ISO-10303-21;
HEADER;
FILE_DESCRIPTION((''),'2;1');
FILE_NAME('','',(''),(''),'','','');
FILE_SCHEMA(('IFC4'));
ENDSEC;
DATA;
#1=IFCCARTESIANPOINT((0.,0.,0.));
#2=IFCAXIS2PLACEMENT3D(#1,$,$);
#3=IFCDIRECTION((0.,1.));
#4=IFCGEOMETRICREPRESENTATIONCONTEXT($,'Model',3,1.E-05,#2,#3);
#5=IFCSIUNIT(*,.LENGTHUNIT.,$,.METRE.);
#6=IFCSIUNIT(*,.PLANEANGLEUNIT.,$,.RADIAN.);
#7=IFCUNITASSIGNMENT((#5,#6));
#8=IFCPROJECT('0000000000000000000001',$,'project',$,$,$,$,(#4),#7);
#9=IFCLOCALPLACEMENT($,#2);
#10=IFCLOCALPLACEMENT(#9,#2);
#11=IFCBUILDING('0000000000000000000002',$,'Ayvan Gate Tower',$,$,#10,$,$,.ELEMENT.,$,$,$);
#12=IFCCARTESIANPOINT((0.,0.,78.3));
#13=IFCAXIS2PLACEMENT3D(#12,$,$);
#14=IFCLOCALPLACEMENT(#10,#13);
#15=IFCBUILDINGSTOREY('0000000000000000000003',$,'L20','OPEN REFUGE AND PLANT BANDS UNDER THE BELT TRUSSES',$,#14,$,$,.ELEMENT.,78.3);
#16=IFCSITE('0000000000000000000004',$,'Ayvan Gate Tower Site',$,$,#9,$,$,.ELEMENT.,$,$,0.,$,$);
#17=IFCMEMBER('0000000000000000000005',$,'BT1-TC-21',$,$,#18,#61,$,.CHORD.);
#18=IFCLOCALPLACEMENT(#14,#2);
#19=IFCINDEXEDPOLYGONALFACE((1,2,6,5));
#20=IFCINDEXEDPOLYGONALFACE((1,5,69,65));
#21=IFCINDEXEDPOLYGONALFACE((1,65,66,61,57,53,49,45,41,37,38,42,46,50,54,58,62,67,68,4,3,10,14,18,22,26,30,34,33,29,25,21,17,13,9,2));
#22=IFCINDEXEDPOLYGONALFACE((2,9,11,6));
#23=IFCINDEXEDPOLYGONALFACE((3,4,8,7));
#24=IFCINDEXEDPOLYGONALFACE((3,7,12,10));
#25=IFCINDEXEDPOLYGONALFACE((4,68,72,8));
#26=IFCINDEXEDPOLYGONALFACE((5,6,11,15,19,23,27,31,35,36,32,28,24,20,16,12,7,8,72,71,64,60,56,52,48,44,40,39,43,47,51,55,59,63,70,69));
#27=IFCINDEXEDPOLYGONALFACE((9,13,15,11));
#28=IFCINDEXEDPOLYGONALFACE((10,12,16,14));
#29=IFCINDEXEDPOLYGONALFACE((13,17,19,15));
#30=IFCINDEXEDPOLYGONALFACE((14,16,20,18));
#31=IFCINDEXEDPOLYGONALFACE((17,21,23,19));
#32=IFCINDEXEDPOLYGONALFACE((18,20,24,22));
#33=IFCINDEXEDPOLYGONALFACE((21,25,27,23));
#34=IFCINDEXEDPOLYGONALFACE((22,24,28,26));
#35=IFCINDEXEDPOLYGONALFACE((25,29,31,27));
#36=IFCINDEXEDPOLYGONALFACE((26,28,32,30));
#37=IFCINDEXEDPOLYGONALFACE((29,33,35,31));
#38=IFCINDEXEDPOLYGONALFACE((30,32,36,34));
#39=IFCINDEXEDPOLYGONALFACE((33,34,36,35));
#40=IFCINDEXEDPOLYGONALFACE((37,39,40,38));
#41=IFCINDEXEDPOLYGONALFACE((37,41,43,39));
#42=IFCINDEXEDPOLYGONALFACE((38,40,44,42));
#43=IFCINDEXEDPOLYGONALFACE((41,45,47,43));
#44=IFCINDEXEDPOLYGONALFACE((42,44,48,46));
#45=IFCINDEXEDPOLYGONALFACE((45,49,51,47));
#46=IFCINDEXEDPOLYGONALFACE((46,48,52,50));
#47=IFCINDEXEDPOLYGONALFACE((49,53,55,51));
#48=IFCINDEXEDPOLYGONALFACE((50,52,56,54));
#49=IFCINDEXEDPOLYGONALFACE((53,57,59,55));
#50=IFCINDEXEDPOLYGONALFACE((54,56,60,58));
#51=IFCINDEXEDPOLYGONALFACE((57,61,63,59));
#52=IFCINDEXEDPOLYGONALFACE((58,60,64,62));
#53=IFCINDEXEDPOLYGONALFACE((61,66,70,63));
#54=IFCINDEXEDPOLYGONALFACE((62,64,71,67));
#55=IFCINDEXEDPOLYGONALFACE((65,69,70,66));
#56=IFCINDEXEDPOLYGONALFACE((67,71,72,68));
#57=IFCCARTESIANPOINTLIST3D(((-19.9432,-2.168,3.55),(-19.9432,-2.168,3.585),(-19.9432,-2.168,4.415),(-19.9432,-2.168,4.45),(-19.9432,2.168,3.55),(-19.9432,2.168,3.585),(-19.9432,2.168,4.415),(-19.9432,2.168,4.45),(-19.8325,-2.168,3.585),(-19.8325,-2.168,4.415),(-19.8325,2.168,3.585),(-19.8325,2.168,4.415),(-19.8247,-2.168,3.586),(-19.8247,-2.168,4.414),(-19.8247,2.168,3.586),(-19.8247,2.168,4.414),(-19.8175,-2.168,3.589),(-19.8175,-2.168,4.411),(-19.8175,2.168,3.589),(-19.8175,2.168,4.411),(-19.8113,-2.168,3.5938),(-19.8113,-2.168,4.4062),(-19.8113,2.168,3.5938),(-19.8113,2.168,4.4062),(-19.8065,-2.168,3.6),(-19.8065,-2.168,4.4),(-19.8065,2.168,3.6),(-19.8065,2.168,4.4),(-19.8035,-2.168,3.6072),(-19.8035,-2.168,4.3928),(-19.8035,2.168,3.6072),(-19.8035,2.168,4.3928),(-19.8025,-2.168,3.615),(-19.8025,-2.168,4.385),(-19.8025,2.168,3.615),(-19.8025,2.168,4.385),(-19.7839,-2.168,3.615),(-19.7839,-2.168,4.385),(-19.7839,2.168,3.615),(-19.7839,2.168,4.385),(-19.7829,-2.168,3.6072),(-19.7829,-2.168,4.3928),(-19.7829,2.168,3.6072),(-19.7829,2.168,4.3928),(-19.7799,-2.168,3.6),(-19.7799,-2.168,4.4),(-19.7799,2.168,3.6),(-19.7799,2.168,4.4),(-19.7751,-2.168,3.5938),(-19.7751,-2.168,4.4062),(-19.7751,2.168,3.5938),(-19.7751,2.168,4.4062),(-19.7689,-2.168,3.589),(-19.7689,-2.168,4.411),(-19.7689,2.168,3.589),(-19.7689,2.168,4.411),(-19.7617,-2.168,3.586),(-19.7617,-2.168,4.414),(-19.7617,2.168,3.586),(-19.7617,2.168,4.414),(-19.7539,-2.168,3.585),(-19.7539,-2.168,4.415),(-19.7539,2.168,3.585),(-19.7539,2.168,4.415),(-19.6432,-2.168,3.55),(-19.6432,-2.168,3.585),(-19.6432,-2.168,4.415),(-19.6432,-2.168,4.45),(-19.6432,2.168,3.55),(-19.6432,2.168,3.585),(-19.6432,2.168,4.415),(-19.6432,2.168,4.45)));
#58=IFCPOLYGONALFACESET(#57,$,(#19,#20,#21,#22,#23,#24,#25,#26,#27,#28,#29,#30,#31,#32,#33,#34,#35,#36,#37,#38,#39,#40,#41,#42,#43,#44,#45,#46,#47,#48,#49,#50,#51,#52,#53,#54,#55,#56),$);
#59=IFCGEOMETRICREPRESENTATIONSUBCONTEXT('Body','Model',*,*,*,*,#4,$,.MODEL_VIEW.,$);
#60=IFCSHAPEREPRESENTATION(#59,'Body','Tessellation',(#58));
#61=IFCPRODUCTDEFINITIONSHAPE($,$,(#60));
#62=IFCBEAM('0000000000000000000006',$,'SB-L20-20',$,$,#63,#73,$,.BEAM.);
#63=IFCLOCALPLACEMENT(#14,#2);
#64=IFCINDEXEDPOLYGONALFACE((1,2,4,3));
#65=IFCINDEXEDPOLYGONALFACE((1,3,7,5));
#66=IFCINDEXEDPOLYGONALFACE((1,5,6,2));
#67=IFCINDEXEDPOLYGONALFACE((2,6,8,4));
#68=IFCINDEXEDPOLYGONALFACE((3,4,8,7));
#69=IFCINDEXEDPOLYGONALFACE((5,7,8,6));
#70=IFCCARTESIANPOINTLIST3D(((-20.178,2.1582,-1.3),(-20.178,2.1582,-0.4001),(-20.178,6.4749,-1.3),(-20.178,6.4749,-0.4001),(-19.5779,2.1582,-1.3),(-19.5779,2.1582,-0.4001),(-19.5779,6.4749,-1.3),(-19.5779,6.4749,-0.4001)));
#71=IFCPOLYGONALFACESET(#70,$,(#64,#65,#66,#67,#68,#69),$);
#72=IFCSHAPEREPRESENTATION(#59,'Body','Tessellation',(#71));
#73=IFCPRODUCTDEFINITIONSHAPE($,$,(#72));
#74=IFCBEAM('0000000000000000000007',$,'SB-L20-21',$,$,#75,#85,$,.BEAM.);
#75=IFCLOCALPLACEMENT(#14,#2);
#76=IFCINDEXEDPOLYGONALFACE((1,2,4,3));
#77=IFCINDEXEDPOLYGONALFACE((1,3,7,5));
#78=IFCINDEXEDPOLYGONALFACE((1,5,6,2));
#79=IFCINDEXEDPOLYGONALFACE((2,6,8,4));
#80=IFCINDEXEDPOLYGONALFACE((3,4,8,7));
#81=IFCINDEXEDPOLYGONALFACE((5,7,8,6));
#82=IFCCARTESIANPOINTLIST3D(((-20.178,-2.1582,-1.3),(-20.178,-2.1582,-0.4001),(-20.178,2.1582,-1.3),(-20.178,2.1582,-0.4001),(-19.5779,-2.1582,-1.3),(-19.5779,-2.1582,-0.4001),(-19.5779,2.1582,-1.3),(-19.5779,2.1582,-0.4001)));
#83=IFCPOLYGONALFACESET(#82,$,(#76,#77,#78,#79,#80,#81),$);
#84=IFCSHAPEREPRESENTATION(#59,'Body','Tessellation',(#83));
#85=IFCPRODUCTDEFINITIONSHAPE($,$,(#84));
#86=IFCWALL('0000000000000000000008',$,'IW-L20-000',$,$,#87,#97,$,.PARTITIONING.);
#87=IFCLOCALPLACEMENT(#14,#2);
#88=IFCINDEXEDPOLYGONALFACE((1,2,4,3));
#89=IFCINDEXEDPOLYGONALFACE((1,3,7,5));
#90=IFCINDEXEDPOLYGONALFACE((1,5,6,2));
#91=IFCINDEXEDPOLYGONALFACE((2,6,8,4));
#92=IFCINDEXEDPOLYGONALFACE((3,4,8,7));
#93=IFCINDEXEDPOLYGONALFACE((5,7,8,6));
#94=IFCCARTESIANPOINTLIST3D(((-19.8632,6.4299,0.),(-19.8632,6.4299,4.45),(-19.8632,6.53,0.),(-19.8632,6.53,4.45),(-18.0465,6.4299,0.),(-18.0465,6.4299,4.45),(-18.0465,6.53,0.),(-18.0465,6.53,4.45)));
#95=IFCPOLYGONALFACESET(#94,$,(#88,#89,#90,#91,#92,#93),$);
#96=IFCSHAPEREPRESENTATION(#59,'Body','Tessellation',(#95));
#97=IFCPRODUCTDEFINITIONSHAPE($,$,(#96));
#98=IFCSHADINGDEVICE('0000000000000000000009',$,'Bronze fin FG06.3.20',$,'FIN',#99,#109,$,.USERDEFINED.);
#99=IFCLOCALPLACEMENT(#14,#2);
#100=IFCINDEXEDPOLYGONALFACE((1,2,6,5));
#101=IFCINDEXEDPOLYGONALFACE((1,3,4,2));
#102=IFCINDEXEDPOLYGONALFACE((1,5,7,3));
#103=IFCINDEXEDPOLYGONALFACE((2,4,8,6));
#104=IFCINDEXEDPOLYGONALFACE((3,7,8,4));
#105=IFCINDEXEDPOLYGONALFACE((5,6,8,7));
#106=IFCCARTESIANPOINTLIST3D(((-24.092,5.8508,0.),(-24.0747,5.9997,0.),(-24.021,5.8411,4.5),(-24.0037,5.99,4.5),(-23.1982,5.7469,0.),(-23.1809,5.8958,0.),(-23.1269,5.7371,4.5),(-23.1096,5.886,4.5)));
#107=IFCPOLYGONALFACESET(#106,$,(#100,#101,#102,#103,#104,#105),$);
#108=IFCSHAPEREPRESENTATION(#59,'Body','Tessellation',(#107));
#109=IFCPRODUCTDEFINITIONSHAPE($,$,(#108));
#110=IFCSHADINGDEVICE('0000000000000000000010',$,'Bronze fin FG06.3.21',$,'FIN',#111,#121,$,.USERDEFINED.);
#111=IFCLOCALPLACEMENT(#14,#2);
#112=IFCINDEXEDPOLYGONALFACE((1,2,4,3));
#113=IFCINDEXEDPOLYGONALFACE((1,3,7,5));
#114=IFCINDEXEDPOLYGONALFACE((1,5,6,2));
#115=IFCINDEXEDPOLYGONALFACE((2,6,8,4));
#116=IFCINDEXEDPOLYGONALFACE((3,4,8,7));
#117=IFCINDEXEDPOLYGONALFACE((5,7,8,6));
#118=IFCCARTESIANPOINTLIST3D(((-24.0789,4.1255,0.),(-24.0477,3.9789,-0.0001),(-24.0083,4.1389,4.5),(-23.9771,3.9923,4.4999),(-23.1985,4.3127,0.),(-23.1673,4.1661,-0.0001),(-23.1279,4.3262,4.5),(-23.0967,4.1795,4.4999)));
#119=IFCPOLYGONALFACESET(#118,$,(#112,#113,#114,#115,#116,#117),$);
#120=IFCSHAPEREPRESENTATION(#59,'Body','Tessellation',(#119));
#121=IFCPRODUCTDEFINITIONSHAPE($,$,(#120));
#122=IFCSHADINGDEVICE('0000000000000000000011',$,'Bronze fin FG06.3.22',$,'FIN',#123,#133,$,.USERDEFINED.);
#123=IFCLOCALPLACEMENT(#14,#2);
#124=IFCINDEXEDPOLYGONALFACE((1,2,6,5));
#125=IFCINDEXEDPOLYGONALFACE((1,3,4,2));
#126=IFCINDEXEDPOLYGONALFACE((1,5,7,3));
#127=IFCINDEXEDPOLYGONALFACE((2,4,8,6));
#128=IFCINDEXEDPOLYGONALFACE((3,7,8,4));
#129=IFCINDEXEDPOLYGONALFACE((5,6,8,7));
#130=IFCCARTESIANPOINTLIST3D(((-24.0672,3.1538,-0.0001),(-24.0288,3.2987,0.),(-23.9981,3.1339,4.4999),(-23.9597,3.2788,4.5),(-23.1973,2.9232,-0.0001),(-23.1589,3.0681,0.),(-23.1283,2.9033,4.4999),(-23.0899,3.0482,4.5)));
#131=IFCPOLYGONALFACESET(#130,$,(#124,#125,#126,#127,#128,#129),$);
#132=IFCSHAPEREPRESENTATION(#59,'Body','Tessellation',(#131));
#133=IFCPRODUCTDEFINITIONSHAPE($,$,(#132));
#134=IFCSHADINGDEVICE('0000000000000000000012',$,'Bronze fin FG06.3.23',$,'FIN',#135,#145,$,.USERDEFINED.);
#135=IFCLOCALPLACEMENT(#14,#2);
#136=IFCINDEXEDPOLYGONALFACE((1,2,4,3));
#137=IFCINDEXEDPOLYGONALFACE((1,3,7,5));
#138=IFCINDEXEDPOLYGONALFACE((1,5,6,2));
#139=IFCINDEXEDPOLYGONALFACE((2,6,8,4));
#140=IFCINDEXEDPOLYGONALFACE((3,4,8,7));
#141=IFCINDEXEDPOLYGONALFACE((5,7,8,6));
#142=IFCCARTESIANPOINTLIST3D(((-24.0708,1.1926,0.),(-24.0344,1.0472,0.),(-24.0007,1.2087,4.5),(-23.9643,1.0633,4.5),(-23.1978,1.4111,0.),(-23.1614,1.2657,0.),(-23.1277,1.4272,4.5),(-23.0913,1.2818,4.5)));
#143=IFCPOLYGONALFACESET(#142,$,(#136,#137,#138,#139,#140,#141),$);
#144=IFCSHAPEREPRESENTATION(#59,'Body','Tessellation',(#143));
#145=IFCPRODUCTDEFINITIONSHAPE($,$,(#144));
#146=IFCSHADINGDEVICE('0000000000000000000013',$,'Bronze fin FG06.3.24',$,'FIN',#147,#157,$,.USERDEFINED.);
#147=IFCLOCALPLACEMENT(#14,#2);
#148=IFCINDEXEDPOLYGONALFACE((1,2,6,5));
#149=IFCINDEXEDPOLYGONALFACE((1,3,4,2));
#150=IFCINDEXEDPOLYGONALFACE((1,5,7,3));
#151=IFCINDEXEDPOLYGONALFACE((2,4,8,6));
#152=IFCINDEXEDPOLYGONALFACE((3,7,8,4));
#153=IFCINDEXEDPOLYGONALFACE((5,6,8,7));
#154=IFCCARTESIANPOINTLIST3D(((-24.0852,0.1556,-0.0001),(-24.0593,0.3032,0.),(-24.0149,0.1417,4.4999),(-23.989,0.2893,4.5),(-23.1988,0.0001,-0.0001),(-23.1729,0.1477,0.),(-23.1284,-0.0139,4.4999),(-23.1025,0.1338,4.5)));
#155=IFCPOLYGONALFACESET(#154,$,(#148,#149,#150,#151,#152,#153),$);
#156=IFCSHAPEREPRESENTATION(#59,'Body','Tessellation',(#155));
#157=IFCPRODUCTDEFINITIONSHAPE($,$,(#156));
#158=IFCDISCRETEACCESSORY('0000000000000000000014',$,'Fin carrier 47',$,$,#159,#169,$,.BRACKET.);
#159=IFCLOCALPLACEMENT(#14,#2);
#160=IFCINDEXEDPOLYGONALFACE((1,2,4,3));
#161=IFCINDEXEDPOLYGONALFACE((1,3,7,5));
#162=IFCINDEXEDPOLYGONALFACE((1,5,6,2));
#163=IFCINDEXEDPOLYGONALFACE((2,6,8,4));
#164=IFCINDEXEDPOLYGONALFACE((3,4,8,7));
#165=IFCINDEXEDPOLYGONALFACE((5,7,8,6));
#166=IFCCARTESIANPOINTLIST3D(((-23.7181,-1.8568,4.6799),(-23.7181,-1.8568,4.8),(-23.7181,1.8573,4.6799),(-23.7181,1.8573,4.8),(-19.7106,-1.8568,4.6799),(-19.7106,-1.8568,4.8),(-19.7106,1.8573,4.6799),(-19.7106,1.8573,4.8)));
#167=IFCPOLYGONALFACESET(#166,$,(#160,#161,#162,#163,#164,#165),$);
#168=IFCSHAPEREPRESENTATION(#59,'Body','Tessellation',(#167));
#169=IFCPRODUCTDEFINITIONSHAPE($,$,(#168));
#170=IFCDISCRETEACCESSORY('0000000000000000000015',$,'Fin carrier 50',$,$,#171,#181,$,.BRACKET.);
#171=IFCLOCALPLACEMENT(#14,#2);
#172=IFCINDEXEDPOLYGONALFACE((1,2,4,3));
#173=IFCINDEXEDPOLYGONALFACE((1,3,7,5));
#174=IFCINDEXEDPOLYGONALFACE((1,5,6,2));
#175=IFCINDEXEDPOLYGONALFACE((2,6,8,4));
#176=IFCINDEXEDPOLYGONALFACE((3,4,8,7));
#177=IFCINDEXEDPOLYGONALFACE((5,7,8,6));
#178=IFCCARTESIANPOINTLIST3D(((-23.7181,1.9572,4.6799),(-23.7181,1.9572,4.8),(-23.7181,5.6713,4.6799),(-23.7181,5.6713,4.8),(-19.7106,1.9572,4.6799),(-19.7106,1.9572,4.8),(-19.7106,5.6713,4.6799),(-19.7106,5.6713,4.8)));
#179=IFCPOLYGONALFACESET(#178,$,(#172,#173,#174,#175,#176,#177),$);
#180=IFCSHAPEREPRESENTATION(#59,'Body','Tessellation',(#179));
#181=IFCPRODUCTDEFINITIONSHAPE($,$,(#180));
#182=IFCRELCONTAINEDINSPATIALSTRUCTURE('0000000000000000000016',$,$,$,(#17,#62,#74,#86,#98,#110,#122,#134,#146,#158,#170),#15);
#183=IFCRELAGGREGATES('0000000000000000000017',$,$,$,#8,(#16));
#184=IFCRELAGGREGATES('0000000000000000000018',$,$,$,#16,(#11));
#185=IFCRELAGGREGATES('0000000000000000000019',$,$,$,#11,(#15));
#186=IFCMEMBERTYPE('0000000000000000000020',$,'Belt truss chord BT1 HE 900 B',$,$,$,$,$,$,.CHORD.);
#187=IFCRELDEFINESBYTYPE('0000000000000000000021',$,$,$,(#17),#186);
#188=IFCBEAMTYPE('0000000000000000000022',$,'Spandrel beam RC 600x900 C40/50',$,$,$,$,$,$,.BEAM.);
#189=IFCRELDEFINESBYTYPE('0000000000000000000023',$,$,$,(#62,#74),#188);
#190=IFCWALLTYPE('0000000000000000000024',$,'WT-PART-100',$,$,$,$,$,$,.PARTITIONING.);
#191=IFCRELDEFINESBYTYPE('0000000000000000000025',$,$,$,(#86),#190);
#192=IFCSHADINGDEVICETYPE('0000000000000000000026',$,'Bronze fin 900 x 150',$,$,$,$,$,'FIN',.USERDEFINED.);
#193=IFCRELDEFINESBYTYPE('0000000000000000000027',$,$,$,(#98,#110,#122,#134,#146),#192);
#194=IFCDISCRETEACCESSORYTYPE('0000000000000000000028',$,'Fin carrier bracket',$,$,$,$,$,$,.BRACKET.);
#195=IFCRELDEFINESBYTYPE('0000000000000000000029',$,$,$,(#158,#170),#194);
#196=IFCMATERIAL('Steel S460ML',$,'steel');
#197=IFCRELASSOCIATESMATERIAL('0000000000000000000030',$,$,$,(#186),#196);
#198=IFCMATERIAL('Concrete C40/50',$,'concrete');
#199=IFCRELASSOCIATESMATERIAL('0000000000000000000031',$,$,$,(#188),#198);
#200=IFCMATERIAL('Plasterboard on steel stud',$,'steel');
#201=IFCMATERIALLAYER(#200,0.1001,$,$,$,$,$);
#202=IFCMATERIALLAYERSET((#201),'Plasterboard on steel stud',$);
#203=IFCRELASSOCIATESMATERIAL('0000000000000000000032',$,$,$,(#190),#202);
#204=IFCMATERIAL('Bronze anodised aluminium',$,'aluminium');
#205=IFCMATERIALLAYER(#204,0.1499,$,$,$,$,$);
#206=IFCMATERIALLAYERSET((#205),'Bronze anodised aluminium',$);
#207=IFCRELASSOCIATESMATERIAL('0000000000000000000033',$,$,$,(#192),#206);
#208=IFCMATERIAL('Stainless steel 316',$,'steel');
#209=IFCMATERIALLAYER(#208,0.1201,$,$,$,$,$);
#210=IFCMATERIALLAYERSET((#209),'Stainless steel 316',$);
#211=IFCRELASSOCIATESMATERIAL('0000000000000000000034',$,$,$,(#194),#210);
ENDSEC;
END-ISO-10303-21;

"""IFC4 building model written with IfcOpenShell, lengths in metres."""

from ifc_helpers import new_model, si_unit, direction, frame, frame_2d, origin, origin_2d, place, context, subcontext, project, spatial, polyline, rectangle, i_section, outline, extrude, material, layer, layer_set, material_profile, profile_set, type_object, element, save


model = new_model("IFC4")

# Units and contexts
model_context = context("Model", 3, precision=1e-05, world=origin(), true_north=direction((0.0, 1.0)))
body_context = subcontext(model_context, "Body", "Model", "MODEL_VIEW")
ifc_project = project(units=[si_unit("LENGTHUNIT", "METRE"), si_unit("PLANEANGLEUNIT", "RADIAN")], contexts=[model_context])

# Site, building, storey
site_placement = place(None, origin())
site = spatial("IfcSite", under=ifc_project, at=site_placement, Name="Ayvan Gate Tower Site", CompositionType="ELEMENT", RefElevation=0.0)
building_placement = place(site_placement, origin())
building = spatial("IfcBuilding", under=site, at=building_placement, Name="Ayvan Gate Tower", CompositionType="ELEMENT")
storey_placement = place(building_placement, frame((0.0, 0.0, 78.3)))
storey = spatial("IfcBuildingStorey", under=building, at=storey_placement, Name="L20", Description="OPEN REFUGE AND PLANT BANDS UNDER THE BELT TRUSSES", CompositionType="ELEMENT", Elevation=78.3)

# Member
ifc_material_1 = material(Name="Steel S460ML", Category="steel")
ifc_material_profile_1 = material_profile(ifc_material_1, i_section(OverallWidth=0.3, OverallDepth=0.8999, WebThickness=0.0186, FlangeThickness=0.0349, FilletRadius=0.03, at=origin_2d()), Name="HE 900 B")
ifc_profile_set_1 = profile_set([ifc_material_profile_1], Name="Steel S460ML")
member_type_1 = type_object("IfcMemberType", Name="Belt truss chord BT1 HE 900 B", PredefinedType="CHORD", material=ifc_profile_set_1)
member_1_placement = place(storey_placement, frame((-19.7932, 2.168, 4.0), z_axis=(0.0, -1.0, 0.0), x_axis=(1.0, 0.0, 0.0)))
element("IfcMember", 1, at=member_1_placement, inside=storey, type_object=member_type_1, Name="BT1-TC-21", PredefinedType="CHORD", context=body_context, shape_type="SweptSolid", body=[
    extrude(i_section(OverallWidth=0.3, OverallDepth=0.8999, WebThickness=0.0186, FlangeThickness=0.0349, FilletRadius=0.03, at=origin_2d()), origin(), (0.0, 0.0, 1.0), 4.3359),
])

# Beams
ifc_material_2 = material(Name="Concrete C40/50", Category="concrete")
ifc_material_profile_2 = material_profile(ifc_material_2, rectangle(XDim=0.6001, YDim=0.8999, at=origin_2d()), Name="RC 600x900")
ifc_profile_set_2 = profile_set([ifc_material_profile_2], Name="Concrete C40/50")
beam_type = type_object("IfcBeamType", Name="Spandrel beam RC 600x900 C40/50", PredefinedType="BEAM", material=ifc_profile_set_2)
beam_1_placement = place(storey_placement, frame((-19.8779, 6.4749, -0.8501), z_axis=(0.0, -1.0, 0.0), x_axis=(1.0, 0.0, 0.0)))
element("IfcBeam", 2, at=beam_1_placement, inside=storey, type_object=beam_type, Name="SB-L20-20", PredefinedType="BEAM", context=body_context, shape_type="SweptSolid", body=[
    extrude(rectangle(XDim=0.6001, YDim=0.8999, at=origin_2d()), origin(), (0.0, 0.0, 1.0), 4.3167),
])
beam_2_placement = place(storey_placement, frame((-19.8779, 2.1582, -0.8501), z_axis=(0.0, -1.0, 0.0), x_axis=(1.0, 0.0, 0.0)))
element("IfcBeam", 3, at=beam_2_placement, inside=storey, type_object=beam_type, Name="SB-L20-21", PredefinedType="BEAM", context=body_context, shape_type="SweptSolid", body=[
    extrude(rectangle(XDim=0.6001, YDim=0.8999, at=origin_2d()), origin(), (0.0, 0.0, 1.0), 4.3164),
])

# Wall
ifc_material_3 = material(Name="Plasterboard on steel stud", Category="steel")
ifc_layer_1 = layer(ifc_material_3, 0.1001)
ifc_layer_set_1 = layer_set([ifc_layer_1], Name="Plasterboard on steel stud")
wall_type = type_object("IfcWallType", Name="WT-PART-100", PredefinedType="PARTITIONING", material=ifc_layer_set_1)
wall_placement = place(storey_placement, frame((-19.863, 6.48, 0.0), z_axis=(0.0, 0.0, 1.0), x_axis=(1.0, 0.0, 0.0)))
element("IfcWall", 4, at=wall_placement, inside=storey, type_object=wall_type, Name="IW-L20-000", PredefinedType="PARTITIONING", context=body_context, shape_type="SweptSolid", body=[
    extrude(rectangle(XDim=1.8167, YDim=0.1001, at=frame_2d((0.9082, 0.0))), origin(), (0.0, 0.0, 1.0), 4.45),
])

# Shading devices
ifc_material_4 = material(Name="Bronze anodised aluminium", Category="aluminium")
ifc_layer_2 = layer(ifc_material_4, 0.1499)
ifc_layer_set_2 = layer_set([ifc_layer_2], Name="Bronze anodised aluminium")
shading_device_type = type_object("IfcShadingDeviceType", Name="Bronze fin 900 x 150", ElementType="FIN", PredefinedType="USERDEFINED", material=ifc_layer_set_2)
shading_device_1_placement = place(storey_placement, frame((-23.1809, 5.8958, 0.0), z_axis=(0.115566, 0.9933, 0.000328), x_axis=(-0.9933, 0.115566, 0.0)))
element("IfcShadingDevice", 5, at=shading_device_1_placement, inside=storey, type_object=shading_device_type, Name="Bronze fin FG06.3.20", ObjectType="FIN", PredefinedType="USERDEFINED", context=body_context, shape_type="SweptSolid", body=[
    extrude(outline(polyline([(0.0, 0.0), (0.8998, 0.0), (0.8281, 4.5), (-0.0719, 4.5), (0.0, 0.0)])), origin(), (0.0, 0.0, -1.0), 0.1499),
])
shading_device_2_placement = place(storey_placement, frame((-23.1985, 4.3127, 0.0), z_axis=(-0.208047, 0.978119, 0.000343), x_axis=(-0.978119, -0.208047, 0.0)))
element("IfcShadingDevice", 6, at=shading_device_2_placement, inside=storey, type_object=shading_device_type, Name="Bronze fin FG06.3.21", ObjectType="FIN", PredefinedType="USERDEFINED", context=body_context, shape_type="SweptSolid", body=[
    extrude(outline(polyline([(0.0, 0.0), (0.9001, 0.0), (0.8283, 4.5), (-0.0718, 4.5), (0.0, 0.0)])), origin(), (0.0, 0.0, -1.0), 0.1499),
])
shading_device_3_placement = place(storey_placement, frame((-23.1589, 3.0681, 0.0), z_axis=(0.256236, 0.966614, 0.00034), x_axis=(-0.966614, 0.256236, 0.0)))
element("IfcShadingDevice", 7, at=shading_device_3_placement, inside=storey, type_object=shading_device_type, Name="Bronze fin FG06.3.22", ObjectType="FIN", PredefinedType="USERDEFINED", context=body_context, shape_type="SweptSolid", body=[
    extrude(outline(polyline([(0.0, 0.0), (0.8999, 0.0), (0.828, 4.5), (-0.0719, 4.5), (0.0, 0.0)])), origin(), (0.0, 0.0, -1.0), 0.1499),
])
shading_device_4_placement = place(storey_placement, frame((-23.1978, 1.4111, 0.0), z_axis=(-0.242791, 0.970079, 0.000307), x_axis=(-0.970079, -0.242791, 0.0)))
element("IfcShadingDevice", 8, at=shading_device_4_placement, inside=storey, type_object=shading_device_type, Name="Bronze fin FG06.3.23", ObjectType="FIN", PredefinedType="USERDEFINED", context=body_context, shape_type="SweptSolid", body=[
    extrude(outline(polyline([(0.0, 0.0), (0.9, 0.0), (0.8281, 4.5), (-0.0719, 4.5), (0.0, 0.0)])), origin(), (0.0, 0.0, -1.0), 0.1499),
])
shading_device_5_placement = place(storey_placement, frame((-23.1729, 0.1477, 0.0), z_axis=(0.172795, 0.984958, 0.000346), x_axis=(-0.984958, 0.172795, 0.0)))
element("IfcShadingDevice", 9, at=shading_device_5_placement, inside=storey, type_object=shading_device_type, Name="Bronze fin FG06.3.24", ObjectType="FIN", PredefinedType="USERDEFINED", context=body_context, shape_type="SweptSolid", body=[
    extrude(outline(polyline([(0.0, 0.0), (0.9, 0.0), (0.8284, 4.5), (-0.0717, 4.5), (0.0, 0.0)])), origin(), (0.0, 0.0, -1.0), 0.1499),
])

# Discrete accessories
ifc_material_5 = material(Name="Stainless steel 316", Category="steel")
ifc_layer_3 = layer(ifc_material_5, 0.1201)
ifc_layer_set_3 = layer_set([ifc_layer_3], Name="Stainless steel 316")
discrete_accessory_type_1 = type_object("IfcDiscreteAccessoryType", Name="Fin carrier bracket", PredefinedType="BRACKET", material=ifc_layer_set_3)
for number, where, z_axis, x_axis, name in (
    (10, (-21.7144, 0.0002, 4.6799), (0.0, 0.0, 1.0), (0.0, -1.0, 0.0), "Fin carrier 47"),
    (11, (-21.7144, 3.8142, 4.6799), (0.0, 0.0, 1.0), (0.0, -1.0, 0.0), "Fin carrier 50"),
):
    element("IfcDiscreteAccessory", number, at=place(storey_placement, frame(where, z_axis=z_axis, x_axis=x_axis)), inside=storey, type_object=discrete_accessory_type_1, Name=name, PredefinedType="BRACKET", context=body_context, shape_type="SweptSolid", body=[
        extrude(rectangle(XDim=3.7141, YDim=4.0076, at=origin_2d()), origin(), (0.0, 0.0, 1.0), 0.1201),
    ])

save(model, "model.ifc")
